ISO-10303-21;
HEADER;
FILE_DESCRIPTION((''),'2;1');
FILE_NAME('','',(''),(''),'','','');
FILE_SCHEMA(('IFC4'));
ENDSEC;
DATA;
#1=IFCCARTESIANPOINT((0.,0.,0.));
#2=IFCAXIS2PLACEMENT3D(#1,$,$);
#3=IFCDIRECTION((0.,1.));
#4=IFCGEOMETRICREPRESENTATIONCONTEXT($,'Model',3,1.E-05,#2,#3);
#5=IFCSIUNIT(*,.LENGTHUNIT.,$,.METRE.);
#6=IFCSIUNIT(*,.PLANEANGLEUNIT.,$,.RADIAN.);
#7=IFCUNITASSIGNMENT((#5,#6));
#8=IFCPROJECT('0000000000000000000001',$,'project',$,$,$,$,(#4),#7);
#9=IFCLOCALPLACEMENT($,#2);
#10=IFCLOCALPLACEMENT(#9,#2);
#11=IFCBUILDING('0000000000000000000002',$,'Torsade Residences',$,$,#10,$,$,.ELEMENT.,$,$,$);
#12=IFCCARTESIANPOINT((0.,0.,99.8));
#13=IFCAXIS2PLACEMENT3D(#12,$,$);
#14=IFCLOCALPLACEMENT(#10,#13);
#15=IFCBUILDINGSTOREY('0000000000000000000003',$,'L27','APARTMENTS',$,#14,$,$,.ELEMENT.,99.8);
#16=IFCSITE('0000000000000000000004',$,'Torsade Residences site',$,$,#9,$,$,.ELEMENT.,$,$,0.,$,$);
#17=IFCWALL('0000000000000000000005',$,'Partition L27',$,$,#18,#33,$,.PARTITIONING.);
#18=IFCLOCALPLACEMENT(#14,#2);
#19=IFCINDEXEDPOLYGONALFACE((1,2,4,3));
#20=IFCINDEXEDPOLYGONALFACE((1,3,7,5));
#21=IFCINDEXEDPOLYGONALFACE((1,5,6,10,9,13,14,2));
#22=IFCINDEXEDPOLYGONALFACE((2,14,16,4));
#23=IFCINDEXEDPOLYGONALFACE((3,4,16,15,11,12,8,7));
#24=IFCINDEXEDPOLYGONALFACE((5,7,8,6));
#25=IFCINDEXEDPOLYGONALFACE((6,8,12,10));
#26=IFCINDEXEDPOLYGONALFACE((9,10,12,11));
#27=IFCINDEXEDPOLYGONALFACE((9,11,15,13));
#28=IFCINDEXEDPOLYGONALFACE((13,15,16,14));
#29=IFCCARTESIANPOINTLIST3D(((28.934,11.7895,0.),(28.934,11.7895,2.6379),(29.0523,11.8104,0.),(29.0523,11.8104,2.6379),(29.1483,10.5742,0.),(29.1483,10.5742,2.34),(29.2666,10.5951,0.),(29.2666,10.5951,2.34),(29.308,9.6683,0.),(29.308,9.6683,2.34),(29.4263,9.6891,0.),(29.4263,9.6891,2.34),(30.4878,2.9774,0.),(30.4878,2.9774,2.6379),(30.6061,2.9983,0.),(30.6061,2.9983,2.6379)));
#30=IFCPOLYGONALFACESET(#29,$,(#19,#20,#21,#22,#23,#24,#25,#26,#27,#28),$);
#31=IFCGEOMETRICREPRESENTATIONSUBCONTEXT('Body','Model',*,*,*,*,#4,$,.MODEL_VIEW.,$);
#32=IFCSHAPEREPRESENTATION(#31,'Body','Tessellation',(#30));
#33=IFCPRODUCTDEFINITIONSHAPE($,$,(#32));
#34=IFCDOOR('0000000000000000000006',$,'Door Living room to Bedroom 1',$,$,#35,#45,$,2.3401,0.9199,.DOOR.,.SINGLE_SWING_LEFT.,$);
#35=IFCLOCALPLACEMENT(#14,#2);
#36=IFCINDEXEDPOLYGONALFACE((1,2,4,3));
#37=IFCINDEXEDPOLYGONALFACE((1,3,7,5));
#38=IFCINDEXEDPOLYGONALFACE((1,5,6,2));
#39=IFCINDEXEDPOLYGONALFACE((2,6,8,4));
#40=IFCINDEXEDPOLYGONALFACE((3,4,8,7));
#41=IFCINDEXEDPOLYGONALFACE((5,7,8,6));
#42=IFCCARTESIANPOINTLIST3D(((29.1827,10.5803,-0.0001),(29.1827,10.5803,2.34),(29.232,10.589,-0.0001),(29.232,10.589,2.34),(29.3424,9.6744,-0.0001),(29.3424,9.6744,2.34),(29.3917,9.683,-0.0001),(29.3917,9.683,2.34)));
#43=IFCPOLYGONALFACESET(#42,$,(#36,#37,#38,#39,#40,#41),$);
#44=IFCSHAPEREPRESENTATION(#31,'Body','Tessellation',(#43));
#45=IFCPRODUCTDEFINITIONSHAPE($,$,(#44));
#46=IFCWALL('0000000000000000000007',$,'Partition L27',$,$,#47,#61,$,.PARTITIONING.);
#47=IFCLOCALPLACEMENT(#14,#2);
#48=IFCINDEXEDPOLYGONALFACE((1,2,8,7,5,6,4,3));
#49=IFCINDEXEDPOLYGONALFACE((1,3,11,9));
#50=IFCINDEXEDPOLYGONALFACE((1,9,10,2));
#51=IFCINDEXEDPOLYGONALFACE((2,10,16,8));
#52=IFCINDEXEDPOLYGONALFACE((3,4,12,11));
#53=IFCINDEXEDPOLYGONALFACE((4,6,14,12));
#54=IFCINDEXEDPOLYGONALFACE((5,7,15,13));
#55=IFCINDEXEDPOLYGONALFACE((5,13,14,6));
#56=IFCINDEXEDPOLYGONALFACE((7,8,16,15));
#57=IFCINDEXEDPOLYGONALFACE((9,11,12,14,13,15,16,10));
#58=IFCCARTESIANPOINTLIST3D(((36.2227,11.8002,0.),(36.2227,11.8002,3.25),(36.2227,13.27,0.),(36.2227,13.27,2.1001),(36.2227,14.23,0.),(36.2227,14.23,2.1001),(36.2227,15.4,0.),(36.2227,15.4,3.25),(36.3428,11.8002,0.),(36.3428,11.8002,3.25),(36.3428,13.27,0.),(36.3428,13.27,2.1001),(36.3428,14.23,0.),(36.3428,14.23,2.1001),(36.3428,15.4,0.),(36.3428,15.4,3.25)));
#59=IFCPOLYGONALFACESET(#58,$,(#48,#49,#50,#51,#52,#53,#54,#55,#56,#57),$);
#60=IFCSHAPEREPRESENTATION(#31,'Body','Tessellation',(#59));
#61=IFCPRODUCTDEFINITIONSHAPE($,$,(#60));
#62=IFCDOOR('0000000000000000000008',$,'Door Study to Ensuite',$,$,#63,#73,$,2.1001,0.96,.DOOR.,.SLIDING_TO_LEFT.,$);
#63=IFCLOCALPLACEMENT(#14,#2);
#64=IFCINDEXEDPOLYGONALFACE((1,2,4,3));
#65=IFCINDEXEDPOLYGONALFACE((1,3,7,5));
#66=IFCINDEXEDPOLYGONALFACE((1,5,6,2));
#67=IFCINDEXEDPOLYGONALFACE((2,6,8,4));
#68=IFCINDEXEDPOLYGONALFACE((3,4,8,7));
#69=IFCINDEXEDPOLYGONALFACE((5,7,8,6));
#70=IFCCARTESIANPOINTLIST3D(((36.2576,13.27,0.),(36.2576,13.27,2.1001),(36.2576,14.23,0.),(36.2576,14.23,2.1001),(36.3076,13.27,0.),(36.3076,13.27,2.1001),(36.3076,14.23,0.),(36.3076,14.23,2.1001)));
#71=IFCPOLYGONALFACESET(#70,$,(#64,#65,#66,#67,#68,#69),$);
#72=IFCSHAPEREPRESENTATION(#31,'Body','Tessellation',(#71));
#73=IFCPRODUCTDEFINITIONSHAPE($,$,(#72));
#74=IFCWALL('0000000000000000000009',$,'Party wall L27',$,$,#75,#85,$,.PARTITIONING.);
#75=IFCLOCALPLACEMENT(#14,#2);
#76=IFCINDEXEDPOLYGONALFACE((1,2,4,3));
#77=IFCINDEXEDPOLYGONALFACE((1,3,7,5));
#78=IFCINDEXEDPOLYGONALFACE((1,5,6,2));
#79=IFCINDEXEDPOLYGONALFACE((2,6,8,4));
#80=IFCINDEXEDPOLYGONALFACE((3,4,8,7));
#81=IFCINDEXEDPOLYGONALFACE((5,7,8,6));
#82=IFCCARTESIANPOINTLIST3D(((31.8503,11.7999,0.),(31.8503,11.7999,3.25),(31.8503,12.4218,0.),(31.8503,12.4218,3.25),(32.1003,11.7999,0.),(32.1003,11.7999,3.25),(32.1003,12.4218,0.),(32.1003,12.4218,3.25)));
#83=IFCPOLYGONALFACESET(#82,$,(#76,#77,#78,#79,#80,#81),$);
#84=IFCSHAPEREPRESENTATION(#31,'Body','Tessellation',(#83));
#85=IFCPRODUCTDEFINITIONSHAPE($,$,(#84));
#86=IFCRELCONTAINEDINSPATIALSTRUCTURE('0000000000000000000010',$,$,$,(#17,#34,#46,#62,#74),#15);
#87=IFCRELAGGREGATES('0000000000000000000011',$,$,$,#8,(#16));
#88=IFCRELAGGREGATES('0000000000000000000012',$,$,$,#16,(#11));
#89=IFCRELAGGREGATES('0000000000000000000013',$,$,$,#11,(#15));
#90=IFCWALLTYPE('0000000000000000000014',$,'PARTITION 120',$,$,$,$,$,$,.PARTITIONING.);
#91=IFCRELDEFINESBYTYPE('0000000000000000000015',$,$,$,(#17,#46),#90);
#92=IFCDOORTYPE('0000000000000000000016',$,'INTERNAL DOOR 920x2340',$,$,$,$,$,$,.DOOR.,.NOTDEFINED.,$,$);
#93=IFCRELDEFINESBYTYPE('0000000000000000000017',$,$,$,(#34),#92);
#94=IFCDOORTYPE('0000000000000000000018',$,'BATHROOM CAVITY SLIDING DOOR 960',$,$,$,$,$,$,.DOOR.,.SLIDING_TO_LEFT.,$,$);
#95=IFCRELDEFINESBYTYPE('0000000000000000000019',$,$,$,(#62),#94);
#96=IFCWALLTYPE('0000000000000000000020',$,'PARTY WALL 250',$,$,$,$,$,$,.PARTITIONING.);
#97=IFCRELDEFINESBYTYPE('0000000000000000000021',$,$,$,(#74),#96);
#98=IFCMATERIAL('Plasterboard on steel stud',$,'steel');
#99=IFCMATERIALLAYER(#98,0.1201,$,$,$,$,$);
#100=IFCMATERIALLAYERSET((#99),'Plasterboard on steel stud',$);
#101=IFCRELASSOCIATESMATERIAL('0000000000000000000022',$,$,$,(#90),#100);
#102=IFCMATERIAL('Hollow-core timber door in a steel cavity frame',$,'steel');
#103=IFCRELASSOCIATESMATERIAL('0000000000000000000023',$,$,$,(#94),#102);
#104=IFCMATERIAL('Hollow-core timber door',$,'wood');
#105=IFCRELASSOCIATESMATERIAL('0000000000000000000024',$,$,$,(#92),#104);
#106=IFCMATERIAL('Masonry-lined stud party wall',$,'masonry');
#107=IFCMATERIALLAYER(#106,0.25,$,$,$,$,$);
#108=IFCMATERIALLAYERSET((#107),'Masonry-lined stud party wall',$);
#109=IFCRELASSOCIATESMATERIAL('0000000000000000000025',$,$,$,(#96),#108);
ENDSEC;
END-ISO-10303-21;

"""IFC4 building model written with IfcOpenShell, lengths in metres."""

from ifc_helpers import new_model, si_unit, direction, frame, frame_2d, origin, place, context, subcontext, project, spatial, rectangle, extrude, material, layer, layer_set, type_object, element, fill, save


model = new_model("IFC4")

# Units and contexts
model_context = context("Model", 3, precision=1e-05, world=origin(), true_north=direction((0.0, 1.0)))
body_context = subcontext(model_context, "Body", "Model", "MODEL_VIEW")
ifc_project = project(units=[si_unit("LENGTHUNIT", "METRE"), si_unit("PLANEANGLEUNIT", "RADIAN")], contexts=[model_context])

# Site, building, storey
site_placement = place(None, origin())
site = spatial("IfcSite", under=ifc_project, at=site_placement, Name="Torsade Residences site", CompositionType="ELEMENT", RefElevation=0.0)
building_placement = place(site_placement, origin())
building = spatial("IfcBuilding", under=site, at=building_placement, Name="Torsade Residences", CompositionType="ELEMENT")
storey_placement = place(building_placement, frame((0.0, 0.0, 99.8)))
storey = spatial("IfcBuildingStorey", under=building, at=storey_placement, Name="L27", Description="APARTMENTS", CompositionType="ELEMENT", Elevation=99.8)

# Walls, openings, doors
ifc_material_1 = material(Name="Plasterboard on steel stud", Category="steel")
ifc_layer_1 = layer(ifc_material_1, 0.1201)
ifc_layer_set_1 = layer_set([ifc_layer_1], Name="Plasterboard on steel stud")
wall_type_1 = type_object("IfcWallType", Name="PARTITION 120", PredefinedType="PARTITIONING", material=ifc_layer_set_1)
ifc_material_2 = material(Name="Hollow-core timber door in a steel cavity frame", Category="steel")
door_type_1 = type_object("IfcDoorType", Name="BATHROOM CAVITY SLIDING DOOR 960", OperationType="SLIDING_TO_LEFT", PredefinedType="DOOR", material=ifc_material_2)
ifc_material_3 = material(Name="Hollow-core timber door", Category="wood")
door_type_2 = type_object("IfcDoorType", Name="INTERNAL DOOR 920x2340", OperationType="NOTDEFINED", PredefinedType="DOOR", material=ifc_material_3)
wall_1_placement = place(storey_placement, frame((28.9932, 11.8, 0.0), z_axis=(0.0, 0.0, 1.0), x_axis=(0.173639, -0.984809, 0.0)))
wall_1 = element("IfcWall", 1, at=wall_1_placement, inside=storey, type_object=wall_type_1, Name="Partition L27", PredefinedType="PARTITIONING", context=body_context, shape_type="SweptSolid", body=[
    extrude(rectangle(XDim=8.948, YDim=0.1201, at=frame_2d((4.4741, 0.0))), origin(), (0.0, 0.0, 1.0), 2.6379),
])
opening_1_placement = place(wall_1_placement, frame((1.2341, 0.0, 0.0)))
opening_1 = element("IfcOpeningElement", 2, at=opening_1_placement, cuts=wall_1, PredefinedType="OPENING", context=body_context, shape_type="SweptSolid", body=[
    extrude(rectangle(XDim=0.9199, YDim=2.3401, at=frame_2d((0.46, 1.1699))), frame((0.0, 0.0701, 0.0), z_axis=(0.0, -1.0, 0.0), x_axis=(1.0, 0.0, 0.0)), (0.0, 0.0, 1.0), 0.1401),
])
door_1_placement = place(opening_1_placement, origin())
door_1 = element("IfcDoor", 3, at=door_1_placement, inside=storey, type_object=door_type_2, Name="Door Living room to Bedroom 1", OperationType="SINGLE_SWING_LEFT", OverallHeight=2.3401, OverallWidth=0.9199, PredefinedType="DOOR", context=body_context, shape_type="SweptSolid", body=[
    extrude(rectangle(XDim=0.9199, YDim=2.3401, at=frame_2d((0.46, 1.1699))), frame((0.0, 0.0249, 0.0), z_axis=(0.0, -1.0, 0.0), x_axis=(1.0, 0.0, 0.0)), (0.0, 0.0, 1.0), 0.05),
])
fill(opening_1, door_1)
wall_2_placement = place(storey_placement, frame((36.2827, 15.3999, 0.0), z_axis=(0.0, 0.0, 1.0), x_axis=(0.0, -1.0, 0.0)))
wall_2 = element("IfcWall", 4, at=wall_2_placement, inside=storey, type_object=wall_type_1, Name="Partition L27", PredefinedType="PARTITIONING", context=body_context, shape_type="SweptSolid", body=[
    extrude(rectangle(XDim=3.5999, YDim=0.1201, at=frame_2d((1.7998, 0.0))), origin(), (0.0, 0.0, 1.0), 3.25),
])
opening_2_placement = place(wall_2_placement, frame((1.1699, 0.0, 0.0)))
opening_2 = element("IfcOpeningElement", 5, at=opening_2_placement, cuts=wall_2, PredefinedType="OPENING", context=body_context, shape_type="SweptSolid", body=[
    extrude(rectangle(XDim=0.96, YDim=2.1001, at=frame_2d((0.48, 1.05))), frame((0.0, 0.0701, 0.0), z_axis=(0.0, -1.0, 0.0), x_axis=(1.0, 0.0, 0.0)), (0.0, 0.0, 1.0), 0.1401),
])
door_2_placement = place(opening_2_placement, origin())
door_2 = element("IfcDoor", 6, at=door_2_placement, inside=storey, type_object=door_type_1, Name="Door Study to Ensuite", OperationType="SLIDING_TO_LEFT", OverallHeight=2.1001, OverallWidth=0.96, PredefinedType="DOOR", context=body_context, shape_type="SweptSolid", body=[
    extrude(rectangle(XDim=0.96, YDim=2.1001, at=frame_2d((0.48, 1.05))), frame((0.0, 0.0249, 0.0), z_axis=(0.0, -1.0, 0.0), x_axis=(1.0, 0.0, 0.0)), (0.0, 0.0, 1.0), 0.05),
])
fill(opening_2, door_2)

# Wall
ifc_material_4 = material(Name="Masonry-lined stud party wall", Category="masonry")
ifc_layer_2 = layer(ifc_material_4, 0.25)
ifc_layer_set_2 = layer_set([ifc_layer_2], Name="Masonry-lined stud party wall")
wall_type_2 = type_object("IfcWallType", Name="PARTY WALL 250", PredefinedType="PARTITIONING", material=ifc_layer_set_2)
wall_3_placement = place(storey_placement, frame((31.9753, 12.4219, 0.0), z_axis=(0.0, 0.0, 1.0), x_axis=(0.0, -1.0, 0.0)))
element("IfcWall", 7, at=wall_3_placement, inside=storey, type_object=wall_type_2, Name="Party wall L27", PredefinedType="PARTITIONING", context=body_context, shape_type="SweptSolid", body=[
    extrude(rectangle(XDim=0.6218, YDim=0.25, at=frame_2d((0.311, 0.0))), origin(), (0.0, 0.0, 1.0), 3.25),
])

save(model, "model.ifc")
